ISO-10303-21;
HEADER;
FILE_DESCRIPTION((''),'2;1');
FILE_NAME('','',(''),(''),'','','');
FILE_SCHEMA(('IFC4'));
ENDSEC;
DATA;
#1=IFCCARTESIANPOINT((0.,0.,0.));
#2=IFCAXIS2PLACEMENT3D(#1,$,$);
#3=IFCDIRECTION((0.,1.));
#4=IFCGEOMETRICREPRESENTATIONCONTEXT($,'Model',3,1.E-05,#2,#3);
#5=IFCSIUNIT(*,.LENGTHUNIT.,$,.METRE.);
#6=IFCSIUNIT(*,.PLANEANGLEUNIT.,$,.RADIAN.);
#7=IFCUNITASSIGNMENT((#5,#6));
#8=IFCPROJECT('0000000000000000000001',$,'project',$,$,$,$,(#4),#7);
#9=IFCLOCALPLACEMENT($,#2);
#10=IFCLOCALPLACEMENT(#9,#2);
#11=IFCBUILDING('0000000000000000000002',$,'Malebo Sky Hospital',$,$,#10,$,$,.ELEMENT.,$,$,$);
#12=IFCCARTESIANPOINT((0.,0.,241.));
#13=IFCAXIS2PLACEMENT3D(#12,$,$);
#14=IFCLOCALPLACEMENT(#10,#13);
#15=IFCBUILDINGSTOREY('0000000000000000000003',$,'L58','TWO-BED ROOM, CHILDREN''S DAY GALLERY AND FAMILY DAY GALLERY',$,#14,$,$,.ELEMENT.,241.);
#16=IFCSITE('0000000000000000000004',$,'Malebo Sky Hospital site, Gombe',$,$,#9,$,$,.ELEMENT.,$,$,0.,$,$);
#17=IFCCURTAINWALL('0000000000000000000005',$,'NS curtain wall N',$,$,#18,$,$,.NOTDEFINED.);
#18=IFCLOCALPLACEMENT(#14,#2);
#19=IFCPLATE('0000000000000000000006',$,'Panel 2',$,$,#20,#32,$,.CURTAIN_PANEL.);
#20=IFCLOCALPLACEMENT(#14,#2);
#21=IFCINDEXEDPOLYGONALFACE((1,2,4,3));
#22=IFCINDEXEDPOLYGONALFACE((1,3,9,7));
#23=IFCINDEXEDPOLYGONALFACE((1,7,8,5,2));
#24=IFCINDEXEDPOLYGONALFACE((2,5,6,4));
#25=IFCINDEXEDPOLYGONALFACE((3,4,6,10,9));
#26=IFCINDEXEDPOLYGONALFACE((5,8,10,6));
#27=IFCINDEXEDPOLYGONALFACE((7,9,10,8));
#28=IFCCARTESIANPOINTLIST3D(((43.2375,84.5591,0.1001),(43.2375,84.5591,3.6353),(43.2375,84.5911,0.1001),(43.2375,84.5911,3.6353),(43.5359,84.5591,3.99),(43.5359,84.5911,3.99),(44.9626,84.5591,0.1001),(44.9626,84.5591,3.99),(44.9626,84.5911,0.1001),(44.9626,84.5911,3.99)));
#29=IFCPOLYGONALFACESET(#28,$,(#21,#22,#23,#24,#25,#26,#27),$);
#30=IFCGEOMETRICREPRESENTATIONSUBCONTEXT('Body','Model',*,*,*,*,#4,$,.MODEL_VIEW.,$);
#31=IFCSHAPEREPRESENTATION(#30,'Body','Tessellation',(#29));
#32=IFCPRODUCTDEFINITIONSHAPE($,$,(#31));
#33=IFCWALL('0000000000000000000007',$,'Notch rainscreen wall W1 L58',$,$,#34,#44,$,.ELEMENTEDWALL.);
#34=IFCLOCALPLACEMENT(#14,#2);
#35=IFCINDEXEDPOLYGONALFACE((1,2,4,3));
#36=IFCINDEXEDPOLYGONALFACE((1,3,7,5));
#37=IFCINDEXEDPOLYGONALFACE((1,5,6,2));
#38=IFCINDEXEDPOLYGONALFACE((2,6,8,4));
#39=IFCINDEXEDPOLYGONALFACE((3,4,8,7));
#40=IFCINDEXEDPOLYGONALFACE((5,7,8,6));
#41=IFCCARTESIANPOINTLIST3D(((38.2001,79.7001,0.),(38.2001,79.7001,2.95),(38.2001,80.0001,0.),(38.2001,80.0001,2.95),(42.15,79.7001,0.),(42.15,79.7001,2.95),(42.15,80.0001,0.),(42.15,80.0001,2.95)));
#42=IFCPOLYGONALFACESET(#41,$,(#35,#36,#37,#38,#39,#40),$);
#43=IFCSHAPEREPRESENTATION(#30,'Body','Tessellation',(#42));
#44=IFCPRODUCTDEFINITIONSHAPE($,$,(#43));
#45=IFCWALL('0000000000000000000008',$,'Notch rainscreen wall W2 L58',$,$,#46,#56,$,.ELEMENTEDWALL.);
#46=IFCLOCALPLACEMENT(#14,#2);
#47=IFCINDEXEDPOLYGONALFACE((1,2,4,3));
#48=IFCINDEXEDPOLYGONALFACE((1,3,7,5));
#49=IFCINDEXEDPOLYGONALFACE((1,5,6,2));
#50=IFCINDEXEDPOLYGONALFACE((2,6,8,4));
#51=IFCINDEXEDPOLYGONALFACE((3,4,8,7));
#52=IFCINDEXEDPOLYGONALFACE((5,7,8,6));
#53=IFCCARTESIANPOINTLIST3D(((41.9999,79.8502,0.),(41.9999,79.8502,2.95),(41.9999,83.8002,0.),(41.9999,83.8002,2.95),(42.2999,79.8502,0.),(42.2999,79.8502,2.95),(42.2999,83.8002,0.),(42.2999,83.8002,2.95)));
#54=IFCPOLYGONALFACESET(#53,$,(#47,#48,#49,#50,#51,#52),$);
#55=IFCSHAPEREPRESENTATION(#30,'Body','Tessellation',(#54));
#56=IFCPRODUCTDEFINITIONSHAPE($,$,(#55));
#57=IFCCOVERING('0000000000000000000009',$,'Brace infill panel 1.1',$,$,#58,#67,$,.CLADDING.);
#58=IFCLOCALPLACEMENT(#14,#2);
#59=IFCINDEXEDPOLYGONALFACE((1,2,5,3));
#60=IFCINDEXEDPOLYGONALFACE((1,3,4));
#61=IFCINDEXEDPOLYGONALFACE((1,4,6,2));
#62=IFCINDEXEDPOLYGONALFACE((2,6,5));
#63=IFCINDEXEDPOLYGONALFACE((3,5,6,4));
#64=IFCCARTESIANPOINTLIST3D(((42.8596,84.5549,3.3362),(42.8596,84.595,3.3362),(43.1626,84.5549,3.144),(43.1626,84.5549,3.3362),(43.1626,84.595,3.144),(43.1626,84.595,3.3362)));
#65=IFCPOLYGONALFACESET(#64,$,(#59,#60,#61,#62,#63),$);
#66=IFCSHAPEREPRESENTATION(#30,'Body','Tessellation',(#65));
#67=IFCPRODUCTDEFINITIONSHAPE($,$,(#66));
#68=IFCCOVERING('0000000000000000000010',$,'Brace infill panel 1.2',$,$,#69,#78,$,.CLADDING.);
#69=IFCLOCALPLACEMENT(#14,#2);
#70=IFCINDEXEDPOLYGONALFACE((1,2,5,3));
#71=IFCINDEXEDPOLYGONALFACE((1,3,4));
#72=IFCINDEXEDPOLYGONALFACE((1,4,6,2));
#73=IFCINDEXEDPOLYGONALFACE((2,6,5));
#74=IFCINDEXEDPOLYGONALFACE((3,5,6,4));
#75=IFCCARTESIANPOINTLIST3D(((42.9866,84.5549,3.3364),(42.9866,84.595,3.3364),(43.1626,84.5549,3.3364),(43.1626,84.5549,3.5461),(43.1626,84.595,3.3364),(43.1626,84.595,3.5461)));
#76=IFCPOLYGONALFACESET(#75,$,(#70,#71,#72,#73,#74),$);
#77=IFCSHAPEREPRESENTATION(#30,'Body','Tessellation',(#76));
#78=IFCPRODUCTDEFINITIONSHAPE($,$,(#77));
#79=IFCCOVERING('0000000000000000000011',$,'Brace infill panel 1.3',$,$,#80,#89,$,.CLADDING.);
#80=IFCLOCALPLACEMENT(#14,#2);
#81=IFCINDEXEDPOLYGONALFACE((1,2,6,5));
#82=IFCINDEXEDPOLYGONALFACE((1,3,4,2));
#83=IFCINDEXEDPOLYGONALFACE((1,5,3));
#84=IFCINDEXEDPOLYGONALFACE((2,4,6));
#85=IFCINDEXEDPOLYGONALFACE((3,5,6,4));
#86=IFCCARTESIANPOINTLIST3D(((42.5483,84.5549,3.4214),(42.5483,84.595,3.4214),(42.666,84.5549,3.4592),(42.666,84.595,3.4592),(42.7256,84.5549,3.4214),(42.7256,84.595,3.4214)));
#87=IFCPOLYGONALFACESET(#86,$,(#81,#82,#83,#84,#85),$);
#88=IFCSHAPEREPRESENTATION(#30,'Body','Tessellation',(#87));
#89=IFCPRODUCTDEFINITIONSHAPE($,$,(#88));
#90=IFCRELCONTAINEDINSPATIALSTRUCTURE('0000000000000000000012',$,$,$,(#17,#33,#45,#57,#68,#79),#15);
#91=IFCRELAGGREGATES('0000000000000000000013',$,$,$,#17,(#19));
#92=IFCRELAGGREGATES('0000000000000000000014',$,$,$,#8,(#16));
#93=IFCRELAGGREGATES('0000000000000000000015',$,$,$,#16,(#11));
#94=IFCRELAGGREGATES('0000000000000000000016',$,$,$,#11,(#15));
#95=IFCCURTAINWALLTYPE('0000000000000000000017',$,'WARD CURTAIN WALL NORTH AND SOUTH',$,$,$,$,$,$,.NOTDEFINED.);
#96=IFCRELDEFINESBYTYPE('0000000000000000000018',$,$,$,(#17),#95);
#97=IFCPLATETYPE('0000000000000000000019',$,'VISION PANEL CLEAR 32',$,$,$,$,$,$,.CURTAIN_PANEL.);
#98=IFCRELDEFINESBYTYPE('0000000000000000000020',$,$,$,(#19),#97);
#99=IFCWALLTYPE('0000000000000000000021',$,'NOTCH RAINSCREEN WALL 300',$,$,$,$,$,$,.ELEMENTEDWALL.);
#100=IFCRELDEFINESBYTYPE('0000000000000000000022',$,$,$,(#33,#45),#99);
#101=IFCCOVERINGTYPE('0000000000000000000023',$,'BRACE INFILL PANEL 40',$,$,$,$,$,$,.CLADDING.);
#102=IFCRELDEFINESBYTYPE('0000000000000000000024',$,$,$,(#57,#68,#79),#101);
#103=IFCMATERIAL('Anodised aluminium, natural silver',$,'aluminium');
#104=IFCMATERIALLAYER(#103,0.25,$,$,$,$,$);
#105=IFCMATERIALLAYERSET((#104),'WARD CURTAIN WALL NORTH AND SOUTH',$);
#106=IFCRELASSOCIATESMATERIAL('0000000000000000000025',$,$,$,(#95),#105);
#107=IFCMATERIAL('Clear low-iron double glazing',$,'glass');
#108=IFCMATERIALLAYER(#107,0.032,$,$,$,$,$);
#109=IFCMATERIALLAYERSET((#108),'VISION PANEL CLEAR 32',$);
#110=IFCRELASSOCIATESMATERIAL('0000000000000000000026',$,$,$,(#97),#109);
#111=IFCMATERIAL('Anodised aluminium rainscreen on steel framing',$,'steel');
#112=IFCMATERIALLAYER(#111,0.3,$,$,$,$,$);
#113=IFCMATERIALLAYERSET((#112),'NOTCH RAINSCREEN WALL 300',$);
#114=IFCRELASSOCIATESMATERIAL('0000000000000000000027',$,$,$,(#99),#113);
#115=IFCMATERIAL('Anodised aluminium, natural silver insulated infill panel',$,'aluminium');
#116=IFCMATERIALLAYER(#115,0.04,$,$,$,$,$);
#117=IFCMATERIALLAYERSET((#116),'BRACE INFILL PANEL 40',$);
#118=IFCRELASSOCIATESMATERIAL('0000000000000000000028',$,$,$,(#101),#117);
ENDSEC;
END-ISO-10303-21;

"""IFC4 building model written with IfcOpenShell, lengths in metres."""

from ifc_helpers import new_model, si_unit, direction, frame, frame_2d, origin, place, context, subcontext, project, spatial, polyline, rectangle, outline, extrude, material, layer, layer_set, type_object, element, aggregate, save


model = new_model("IFC4")

# Units and contexts
model_context = context("Model", 3, precision=1e-05, world=origin(), true_north=direction((0.0, 1.0)))
body_context = subcontext(model_context, "Body", "Model", "MODEL_VIEW")
ifc_project = project(units=[si_unit("LENGTHUNIT", "METRE"), si_unit("PLANEANGLEUNIT", "RADIAN")], contexts=[model_context])

# Site, building, storey
site_placement = place(None, origin())
site = spatial("IfcSite", under=ifc_project, at=site_placement, Name="Malebo Sky Hospital site, Gombe", CompositionType="ELEMENT", RefElevation=0.0)
building_placement = place(site_placement, origin())
building = spatial("IfcBuilding", under=site, at=building_placement, Name="Malebo Sky Hospital", CompositionType="ELEMENT")
storey_placement = place(building_placement, frame((0.0, 0.0, 241.0)))
storey = spatial("IfcBuildingStorey", under=building, at=storey_placement, Name="L58", Description="TWO-BED ROOM, CHILDREN'S DAY GALLERY AND FAMILY DAY GALLERY", CompositionType="ELEMENT", Elevation=241.0)

# Curtain wall
ifc_material_1 = material(Name="Anodised aluminium, natural silver", Category="aluminium")
ifc_layer_1 = layer(ifc_material_1, 0.25)
ifc_layer_set_1 = layer_set([ifc_layer_1], Name="WARD CURTAIN WALL NORTH AND SOUTH")
curtain_wall_type = type_object("IfcCurtainWallType", Name="WARD CURTAIN WALL NORTH AND SOUTH", PredefinedType="NOTDEFINED", material=ifc_layer_set_1)
curtain_wall_placement = place(storey_placement, origin())
curtain_wall = element("IfcCurtainWall", 1, at=curtain_wall_placement, inside=storey, type_object=curtain_wall_type, Name="NS curtain wall N", PredefinedType="NOTDEFINED")

# Plate
ifc_material_2 = material(Name="Clear low-iron double glazing", Category="glass")
ifc_layer_2 = layer(ifc_material_2, 0.032)
ifc_layer_set_2 = layer_set([ifc_layer_2], Name="VISION PANEL CLEAR 32")
plate_type = type_object("IfcPlateType", Name="VISION PANEL CLEAR 32", PredefinedType="CURTAIN_PANEL", material=ifc_layer_set_2)
plate_1_placement = place(storey_placement, frame((44.1001, 84.575, 0.1001), z_axis=(0.0, 0.0, 1.0), x_axis=(1.0, 0.0, 0.0)))
plate_1 = element("IfcPlate", 2, at=plate_1_placement, type_object=plate_type, Name="Panel 2", PredefinedType="CURTAIN_PANEL", context=body_context, shape_type="SweptSolid", body=[
    extrude(outline(polyline([(-0.8625, 0.0), (0.8625, 0.0), (0.8625, 3.8899), (-0.5642, 3.8899), (-0.8625, 3.5352), (-0.8625, 0.0)])), frame((0.0, 0.0161, 0.0), z_axis=(0.0, -1.0, 0.0), x_axis=(1.0, 0.0, 0.0)), (0.0, 0.0, 1.0), 0.032),
])
aggregate(curtain_wall, [plate_1])

# Walls
ifc_material_3 = material(Name="Anodised aluminium rainscreen on steel framing", Category="steel")
ifc_layer_3 = layer(ifc_material_3, 0.3)
ifc_layer_set_3 = layer_set([ifc_layer_3], Name="NOTCH RAINSCREEN WALL 300")
wall_type = type_object("IfcWallType", Name="NOTCH RAINSCREEN WALL 300", PredefinedType="ELEMENTEDWALL", material=ifc_layer_set_3)
for number, where, z_axis, x_axis, name in (
    (3, (38.2, 79.8501, 0.0), (0.0, 0.0, 1.0), (1.0, 0.0, 0.0), "Notch rainscreen wall W1 L58"),
    (4, (42.1499, 79.8501, 0.0), (0.0, 0.0, 1.0), (0.0, 1.0, 0.0), "Notch rainscreen wall W2 L58"),
):
    element("IfcWall", number, at=place(storey_placement, frame(where, z_axis=z_axis, x_axis=x_axis)), inside=storey, type_object=wall_type, Name=name, PredefinedType="ELEMENTEDWALL", context=body_context, shape_type="SweptSolid", body=[
        extrude(rectangle(XDim=3.95, YDim=0.3, at=frame_2d((1.9751, 0.0))), origin(), (0.0, 0.0, 1.0), 2.95),
    ])

# Coverings
ifc_material_4 = material(Name="Anodised aluminium, natural silver insulated infill panel", Category="aluminium")
ifc_layer_4 = layer(ifc_material_4, 0.04)
ifc_layer_set_4 = layer_set([ifc_layer_4], Name="BRACE INFILL PANEL 40")
covering_type = type_object("IfcCoveringType", Name="BRACE INFILL PANEL 40", PredefinedType="CLADDING", material=ifc_layer_set_4)
covering_1_placement = place(storey_placement, frame((43.011, 84.575, 3.144), z_axis=(0.0, 0.0, 1.0), x_axis=(1.0, 0.0, 0.0)))
element("IfcCovering", 5, at=covering_1_placement, inside=storey, type_object=covering_type, Name="Brace infill panel 1.1", PredefinedType="CLADDING", context=body_context, shape_type="SweptSolid", body=[
    extrude(outline(polyline([(0.1516, 0.0), (0.1516, 0.1921), (-0.1514, 0.1921), (0.1516, 0.0)])), frame((0.0, 0.02, 0.0), z_axis=(0.0, -1.0, 0.0), x_axis=(1.0, 0.0, 0.0)), (0.0, 0.0, 1.0), 0.04),
])
covering_2_placement = place(storey_placement, frame((43.0745, 84.575, 3.3364), z_axis=(0.0, 0.0, 1.0), x_axis=(1.0, 0.0, 0.0)))
element("IfcCovering", 6, at=covering_2_placement, inside=storey, type_object=covering_type, Name="Brace infill panel 1.2", PredefinedType="CLADDING", context=body_context, shape_type="SweptSolid", body=[
    extrude(outline(polyline([(-0.0879, 0.0), (0.0881, 0.0), (0.0881, 0.2097), (-0.0879, 0.0)])), frame((0.0, 0.02, 0.0), z_axis=(0.0, -1.0, 0.0), x_axis=(1.0, 0.0, 0.0)), (0.0, 0.0, 1.0), 0.04),
])
covering_3_placement = place(storey_placement, frame((42.637, 84.575, 3.4214), z_axis=(0.0, 0.0, 1.0), x_axis=(1.0, 0.0, 0.0)))
element("IfcCovering", 7, at=covering_3_placement, inside=storey, type_object=covering_type, Name="Brace infill panel 1.3", PredefinedType="CLADDING", context=body_context, shape_type="SweptSolid", body=[
    extrude(outline(polyline([(-0.0886, 0.0), (0.0886, 0.0), (0.0291, 0.0378), (-0.0886, 0.0)])), frame((0.0, 0.02, 0.0), z_axis=(0.0, -1.0, 0.0), x_axis=(1.0, 0.0, 0.0)), (0.0, 0.0, 1.0), 0.04),
])

save(model, "model.ifc")
